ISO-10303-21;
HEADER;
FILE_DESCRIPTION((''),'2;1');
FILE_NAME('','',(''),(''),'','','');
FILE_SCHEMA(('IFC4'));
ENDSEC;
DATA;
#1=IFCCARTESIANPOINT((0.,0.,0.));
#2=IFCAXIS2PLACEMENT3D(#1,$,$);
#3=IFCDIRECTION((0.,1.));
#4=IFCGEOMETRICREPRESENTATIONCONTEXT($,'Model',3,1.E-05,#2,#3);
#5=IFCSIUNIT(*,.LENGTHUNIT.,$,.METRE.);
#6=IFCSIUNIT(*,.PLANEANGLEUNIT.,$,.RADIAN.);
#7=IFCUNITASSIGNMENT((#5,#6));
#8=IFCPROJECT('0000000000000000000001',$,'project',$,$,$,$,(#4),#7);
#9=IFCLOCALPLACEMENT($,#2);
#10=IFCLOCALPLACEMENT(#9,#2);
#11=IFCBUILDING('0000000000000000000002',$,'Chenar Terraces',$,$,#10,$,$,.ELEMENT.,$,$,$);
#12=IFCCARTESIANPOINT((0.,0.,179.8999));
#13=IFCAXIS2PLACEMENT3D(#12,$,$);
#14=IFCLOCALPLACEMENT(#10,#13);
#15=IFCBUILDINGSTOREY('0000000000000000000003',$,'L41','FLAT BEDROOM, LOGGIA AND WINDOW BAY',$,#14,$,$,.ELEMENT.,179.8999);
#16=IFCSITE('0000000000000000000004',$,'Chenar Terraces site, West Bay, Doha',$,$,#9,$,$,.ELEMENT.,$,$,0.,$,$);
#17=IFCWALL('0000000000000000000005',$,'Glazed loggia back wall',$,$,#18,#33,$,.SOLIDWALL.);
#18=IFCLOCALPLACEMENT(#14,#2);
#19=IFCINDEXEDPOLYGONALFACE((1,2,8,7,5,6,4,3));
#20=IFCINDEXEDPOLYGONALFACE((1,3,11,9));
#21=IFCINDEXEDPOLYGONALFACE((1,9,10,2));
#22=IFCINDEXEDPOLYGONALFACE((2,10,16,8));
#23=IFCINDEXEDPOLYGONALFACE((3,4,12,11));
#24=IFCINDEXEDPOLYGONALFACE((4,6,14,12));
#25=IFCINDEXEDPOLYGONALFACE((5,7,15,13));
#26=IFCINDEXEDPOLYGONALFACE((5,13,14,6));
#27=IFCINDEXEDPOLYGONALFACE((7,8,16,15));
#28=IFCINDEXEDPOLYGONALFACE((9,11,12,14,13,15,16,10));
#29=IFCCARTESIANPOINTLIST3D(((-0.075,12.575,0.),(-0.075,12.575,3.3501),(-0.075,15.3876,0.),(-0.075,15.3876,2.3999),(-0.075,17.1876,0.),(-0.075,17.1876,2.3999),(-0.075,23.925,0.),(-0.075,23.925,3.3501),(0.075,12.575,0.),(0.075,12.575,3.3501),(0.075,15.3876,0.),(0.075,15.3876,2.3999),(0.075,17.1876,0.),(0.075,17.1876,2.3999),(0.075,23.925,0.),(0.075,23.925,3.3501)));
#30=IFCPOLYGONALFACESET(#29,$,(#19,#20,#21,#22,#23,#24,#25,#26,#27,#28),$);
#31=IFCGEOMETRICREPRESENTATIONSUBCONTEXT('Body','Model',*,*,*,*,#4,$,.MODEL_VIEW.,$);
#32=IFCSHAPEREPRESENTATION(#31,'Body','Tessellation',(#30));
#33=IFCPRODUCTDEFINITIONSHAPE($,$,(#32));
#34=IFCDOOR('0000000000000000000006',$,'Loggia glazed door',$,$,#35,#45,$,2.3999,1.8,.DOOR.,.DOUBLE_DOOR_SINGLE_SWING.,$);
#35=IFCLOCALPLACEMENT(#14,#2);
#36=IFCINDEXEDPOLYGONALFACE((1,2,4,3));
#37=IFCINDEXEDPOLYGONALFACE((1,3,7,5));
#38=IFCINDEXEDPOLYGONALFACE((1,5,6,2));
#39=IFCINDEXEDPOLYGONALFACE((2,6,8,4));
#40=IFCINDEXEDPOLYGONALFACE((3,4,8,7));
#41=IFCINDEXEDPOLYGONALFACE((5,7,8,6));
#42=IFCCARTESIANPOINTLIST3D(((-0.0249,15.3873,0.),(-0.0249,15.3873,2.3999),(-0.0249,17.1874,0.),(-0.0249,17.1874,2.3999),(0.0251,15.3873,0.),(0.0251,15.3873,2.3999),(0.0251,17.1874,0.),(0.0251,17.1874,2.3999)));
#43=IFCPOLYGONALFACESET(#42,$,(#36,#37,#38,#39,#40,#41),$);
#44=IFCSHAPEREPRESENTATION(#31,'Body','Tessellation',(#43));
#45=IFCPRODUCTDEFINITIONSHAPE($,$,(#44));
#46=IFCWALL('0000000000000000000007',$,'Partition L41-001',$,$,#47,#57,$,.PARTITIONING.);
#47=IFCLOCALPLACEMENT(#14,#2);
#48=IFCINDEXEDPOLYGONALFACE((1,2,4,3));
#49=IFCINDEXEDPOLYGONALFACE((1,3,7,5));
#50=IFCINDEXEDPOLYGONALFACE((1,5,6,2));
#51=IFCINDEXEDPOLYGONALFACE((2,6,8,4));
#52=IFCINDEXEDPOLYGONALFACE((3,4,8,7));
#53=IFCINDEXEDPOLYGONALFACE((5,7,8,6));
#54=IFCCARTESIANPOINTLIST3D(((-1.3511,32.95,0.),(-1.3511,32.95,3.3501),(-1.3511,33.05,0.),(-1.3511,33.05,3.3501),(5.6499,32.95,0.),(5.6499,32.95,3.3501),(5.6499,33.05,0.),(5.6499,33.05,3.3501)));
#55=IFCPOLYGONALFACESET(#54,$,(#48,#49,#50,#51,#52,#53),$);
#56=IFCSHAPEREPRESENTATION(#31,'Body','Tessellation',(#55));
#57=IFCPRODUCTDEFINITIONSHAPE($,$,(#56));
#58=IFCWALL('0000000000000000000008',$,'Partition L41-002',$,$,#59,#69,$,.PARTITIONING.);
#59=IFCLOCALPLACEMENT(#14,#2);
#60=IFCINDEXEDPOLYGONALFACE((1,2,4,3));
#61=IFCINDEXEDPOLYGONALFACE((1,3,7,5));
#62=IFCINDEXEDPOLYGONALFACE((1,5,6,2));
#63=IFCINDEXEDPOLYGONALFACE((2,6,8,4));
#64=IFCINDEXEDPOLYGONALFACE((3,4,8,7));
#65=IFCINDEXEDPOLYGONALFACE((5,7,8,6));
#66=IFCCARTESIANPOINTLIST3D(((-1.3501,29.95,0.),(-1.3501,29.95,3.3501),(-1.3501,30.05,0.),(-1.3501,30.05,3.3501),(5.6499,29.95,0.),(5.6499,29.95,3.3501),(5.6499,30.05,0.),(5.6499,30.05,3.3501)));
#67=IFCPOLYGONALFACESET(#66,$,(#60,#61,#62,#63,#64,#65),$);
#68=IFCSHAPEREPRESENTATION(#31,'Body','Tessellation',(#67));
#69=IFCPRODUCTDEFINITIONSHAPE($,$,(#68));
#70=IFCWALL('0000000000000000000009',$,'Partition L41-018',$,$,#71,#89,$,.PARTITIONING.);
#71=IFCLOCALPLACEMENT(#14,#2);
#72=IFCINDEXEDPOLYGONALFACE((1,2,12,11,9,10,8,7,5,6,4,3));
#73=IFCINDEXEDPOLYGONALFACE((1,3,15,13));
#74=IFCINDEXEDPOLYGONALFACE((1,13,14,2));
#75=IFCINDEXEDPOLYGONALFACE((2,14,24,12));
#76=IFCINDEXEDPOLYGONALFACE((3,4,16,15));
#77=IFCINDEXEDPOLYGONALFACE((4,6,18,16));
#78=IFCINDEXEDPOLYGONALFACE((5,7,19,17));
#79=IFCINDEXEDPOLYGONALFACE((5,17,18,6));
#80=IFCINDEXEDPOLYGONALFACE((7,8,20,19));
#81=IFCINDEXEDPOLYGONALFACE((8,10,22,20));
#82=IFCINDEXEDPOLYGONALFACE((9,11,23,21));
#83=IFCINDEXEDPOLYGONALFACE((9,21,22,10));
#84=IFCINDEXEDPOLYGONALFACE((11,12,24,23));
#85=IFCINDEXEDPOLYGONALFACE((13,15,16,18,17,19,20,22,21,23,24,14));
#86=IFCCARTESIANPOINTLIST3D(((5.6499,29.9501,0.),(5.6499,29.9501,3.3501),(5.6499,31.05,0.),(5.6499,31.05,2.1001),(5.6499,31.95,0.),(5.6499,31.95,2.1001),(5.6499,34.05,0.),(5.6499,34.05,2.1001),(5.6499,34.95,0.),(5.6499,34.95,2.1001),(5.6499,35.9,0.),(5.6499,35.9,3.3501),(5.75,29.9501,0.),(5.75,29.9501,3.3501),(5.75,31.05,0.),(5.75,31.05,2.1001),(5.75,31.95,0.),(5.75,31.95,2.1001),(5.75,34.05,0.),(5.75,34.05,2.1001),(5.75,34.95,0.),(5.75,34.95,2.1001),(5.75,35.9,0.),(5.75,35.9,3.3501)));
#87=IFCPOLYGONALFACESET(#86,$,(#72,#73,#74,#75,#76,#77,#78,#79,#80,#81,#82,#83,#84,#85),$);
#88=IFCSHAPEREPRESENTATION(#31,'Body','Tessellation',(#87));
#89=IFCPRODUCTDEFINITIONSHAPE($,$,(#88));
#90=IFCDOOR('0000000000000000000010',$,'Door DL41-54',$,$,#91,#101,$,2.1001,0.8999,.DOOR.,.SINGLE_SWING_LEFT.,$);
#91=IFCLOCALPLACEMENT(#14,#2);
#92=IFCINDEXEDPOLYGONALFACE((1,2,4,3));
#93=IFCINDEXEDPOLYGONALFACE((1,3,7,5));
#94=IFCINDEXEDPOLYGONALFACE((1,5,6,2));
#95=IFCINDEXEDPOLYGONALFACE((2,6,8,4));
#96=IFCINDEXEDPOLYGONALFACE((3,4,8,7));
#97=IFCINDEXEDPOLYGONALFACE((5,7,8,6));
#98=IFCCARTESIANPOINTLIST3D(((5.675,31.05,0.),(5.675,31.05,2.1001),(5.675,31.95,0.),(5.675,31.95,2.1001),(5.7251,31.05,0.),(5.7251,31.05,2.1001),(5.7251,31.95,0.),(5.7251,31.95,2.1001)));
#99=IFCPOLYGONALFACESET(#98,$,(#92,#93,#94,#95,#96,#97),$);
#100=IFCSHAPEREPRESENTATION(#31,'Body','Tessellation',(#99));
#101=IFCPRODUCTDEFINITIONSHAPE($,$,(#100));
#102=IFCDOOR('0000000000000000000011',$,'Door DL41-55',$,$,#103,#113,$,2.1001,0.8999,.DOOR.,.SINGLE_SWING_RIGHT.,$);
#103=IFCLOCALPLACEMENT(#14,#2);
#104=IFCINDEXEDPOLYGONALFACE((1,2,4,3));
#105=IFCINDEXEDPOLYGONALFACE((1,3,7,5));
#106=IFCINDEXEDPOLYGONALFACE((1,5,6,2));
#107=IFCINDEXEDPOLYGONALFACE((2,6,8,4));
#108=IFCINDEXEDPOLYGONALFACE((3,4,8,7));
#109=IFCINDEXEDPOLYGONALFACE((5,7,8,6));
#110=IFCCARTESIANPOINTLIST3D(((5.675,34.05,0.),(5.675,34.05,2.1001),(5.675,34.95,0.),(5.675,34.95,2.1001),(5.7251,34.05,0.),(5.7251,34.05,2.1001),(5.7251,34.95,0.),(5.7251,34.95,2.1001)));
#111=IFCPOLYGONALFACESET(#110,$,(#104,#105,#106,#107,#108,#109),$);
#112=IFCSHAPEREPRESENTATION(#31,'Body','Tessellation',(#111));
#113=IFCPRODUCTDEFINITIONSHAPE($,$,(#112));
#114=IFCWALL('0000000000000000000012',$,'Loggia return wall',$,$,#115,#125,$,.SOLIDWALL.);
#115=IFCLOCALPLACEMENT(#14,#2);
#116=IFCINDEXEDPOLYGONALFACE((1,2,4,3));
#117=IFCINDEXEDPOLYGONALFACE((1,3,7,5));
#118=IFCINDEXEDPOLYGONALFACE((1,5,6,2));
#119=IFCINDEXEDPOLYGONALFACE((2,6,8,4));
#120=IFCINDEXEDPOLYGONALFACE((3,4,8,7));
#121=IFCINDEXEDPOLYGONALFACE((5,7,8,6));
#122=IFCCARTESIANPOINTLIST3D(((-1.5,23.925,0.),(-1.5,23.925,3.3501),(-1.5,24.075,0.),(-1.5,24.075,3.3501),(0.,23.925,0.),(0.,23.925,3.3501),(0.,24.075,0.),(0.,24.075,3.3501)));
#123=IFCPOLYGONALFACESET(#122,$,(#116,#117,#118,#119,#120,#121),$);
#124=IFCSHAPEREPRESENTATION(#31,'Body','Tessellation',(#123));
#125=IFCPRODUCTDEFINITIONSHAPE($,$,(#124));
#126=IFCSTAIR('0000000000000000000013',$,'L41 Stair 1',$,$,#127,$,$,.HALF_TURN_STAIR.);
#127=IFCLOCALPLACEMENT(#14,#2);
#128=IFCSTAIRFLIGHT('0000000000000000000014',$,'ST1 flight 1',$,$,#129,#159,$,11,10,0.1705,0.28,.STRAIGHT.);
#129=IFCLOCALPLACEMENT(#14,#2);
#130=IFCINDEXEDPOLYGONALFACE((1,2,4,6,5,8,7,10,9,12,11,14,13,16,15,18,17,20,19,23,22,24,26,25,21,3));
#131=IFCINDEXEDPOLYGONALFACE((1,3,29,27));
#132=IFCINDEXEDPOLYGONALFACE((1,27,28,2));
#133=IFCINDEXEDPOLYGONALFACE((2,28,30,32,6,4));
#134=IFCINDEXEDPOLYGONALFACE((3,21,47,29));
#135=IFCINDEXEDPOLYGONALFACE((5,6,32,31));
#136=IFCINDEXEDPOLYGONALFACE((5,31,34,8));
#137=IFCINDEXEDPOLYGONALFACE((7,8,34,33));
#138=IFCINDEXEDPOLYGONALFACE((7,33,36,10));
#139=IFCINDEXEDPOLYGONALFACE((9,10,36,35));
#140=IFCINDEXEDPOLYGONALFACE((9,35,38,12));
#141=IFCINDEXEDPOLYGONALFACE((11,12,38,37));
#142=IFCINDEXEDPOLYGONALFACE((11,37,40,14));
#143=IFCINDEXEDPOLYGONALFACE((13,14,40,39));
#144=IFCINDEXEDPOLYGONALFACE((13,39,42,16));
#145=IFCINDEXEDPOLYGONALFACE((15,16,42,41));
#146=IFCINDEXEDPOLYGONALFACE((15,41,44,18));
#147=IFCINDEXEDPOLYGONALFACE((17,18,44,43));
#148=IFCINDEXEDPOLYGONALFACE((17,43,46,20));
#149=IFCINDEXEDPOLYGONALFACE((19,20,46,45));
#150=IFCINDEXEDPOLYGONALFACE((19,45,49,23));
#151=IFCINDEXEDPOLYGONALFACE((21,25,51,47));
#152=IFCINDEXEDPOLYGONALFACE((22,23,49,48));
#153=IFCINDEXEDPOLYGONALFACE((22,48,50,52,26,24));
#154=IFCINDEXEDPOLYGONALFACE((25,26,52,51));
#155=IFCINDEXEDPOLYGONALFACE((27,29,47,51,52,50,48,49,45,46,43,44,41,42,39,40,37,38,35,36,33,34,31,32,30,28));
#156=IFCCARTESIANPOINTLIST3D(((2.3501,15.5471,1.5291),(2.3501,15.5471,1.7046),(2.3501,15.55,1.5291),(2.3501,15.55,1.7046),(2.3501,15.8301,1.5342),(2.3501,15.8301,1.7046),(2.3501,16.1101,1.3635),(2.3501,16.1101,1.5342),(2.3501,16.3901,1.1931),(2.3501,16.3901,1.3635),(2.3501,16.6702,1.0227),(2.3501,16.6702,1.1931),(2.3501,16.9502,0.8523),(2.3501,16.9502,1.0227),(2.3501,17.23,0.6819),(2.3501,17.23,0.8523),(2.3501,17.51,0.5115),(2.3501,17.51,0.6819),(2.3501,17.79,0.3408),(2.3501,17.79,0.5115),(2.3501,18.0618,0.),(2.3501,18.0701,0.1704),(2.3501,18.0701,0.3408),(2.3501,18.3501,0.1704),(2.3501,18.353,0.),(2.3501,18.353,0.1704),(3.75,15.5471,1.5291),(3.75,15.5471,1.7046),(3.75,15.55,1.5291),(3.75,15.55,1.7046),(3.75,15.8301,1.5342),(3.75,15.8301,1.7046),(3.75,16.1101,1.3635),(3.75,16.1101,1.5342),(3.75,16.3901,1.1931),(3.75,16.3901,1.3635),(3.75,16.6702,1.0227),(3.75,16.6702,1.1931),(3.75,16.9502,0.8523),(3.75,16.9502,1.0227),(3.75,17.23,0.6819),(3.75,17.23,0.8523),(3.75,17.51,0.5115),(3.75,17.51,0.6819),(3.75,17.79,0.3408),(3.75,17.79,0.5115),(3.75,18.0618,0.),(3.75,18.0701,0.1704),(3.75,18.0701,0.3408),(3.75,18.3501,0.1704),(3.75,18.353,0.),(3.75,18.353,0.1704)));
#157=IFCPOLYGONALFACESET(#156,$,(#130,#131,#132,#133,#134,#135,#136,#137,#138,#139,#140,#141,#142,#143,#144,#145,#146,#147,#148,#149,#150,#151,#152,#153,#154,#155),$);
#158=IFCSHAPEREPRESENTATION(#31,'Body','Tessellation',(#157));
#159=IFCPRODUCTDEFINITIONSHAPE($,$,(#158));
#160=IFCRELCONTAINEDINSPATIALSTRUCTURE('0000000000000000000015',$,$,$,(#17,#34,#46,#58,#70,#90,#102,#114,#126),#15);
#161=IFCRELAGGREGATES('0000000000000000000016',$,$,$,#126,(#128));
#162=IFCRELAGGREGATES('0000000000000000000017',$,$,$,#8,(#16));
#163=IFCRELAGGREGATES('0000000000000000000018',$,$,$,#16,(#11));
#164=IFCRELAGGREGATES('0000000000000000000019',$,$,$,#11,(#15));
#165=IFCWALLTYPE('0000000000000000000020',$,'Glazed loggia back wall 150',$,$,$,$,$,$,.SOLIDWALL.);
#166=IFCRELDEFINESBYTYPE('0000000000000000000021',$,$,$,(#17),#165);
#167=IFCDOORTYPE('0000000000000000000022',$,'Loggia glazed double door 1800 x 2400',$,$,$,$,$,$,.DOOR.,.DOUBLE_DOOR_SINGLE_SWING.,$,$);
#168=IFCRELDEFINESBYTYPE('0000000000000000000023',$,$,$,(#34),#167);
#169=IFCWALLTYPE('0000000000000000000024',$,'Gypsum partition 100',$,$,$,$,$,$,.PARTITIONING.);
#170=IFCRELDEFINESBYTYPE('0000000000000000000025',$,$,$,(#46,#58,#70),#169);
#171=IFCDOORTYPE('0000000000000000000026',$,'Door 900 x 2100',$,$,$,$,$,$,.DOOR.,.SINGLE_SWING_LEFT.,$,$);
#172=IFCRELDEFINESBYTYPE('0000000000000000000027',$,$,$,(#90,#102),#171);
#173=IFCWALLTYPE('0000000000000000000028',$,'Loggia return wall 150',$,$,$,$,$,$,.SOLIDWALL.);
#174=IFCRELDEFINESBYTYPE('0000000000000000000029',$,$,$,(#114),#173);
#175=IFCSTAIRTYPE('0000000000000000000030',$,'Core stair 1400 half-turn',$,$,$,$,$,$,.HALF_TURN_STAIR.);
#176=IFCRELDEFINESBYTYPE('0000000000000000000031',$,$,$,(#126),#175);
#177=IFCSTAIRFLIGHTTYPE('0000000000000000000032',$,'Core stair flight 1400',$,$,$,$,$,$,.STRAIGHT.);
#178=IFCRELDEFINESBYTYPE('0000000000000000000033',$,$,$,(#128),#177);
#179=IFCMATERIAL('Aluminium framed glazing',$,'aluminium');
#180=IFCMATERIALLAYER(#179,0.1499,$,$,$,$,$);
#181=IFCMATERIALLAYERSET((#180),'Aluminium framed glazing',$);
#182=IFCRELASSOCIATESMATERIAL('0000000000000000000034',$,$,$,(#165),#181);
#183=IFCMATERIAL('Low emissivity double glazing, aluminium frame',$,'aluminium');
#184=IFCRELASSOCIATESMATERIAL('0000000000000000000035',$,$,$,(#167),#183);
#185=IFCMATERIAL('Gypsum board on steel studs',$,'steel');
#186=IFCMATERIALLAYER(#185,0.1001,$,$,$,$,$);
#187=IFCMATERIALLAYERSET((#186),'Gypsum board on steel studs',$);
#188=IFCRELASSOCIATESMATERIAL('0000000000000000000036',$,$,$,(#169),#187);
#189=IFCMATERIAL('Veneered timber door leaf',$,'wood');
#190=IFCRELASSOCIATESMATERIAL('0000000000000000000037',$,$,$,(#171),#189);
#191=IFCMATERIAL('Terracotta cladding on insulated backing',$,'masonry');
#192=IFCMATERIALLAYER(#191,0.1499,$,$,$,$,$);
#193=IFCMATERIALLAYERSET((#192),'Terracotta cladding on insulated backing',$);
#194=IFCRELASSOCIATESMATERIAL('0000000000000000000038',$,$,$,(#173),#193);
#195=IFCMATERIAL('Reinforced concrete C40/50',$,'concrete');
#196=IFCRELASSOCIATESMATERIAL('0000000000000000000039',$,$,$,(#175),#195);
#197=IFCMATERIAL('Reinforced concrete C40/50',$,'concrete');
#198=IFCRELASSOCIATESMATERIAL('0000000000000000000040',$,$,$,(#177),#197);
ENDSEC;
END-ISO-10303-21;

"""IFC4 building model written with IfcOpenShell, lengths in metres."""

from ifc_helpers import new_model, si_unit, direction, frame, frame_2d, origin, place, context, subcontext, project, spatial, polyline, rectangle, outline, extrude, material, layer, layer_set, type_object, element, fill, aggregate, save


model = new_model("IFC4")

# Units and contexts
model_context = context("Model", 3, precision=1e-05, world=origin(), true_north=direction((0.0, 1.0)))
body_context = subcontext(model_context, "Body", "Model", "MODEL_VIEW")
ifc_project = project(units=[si_unit("LENGTHUNIT", "METRE"), si_unit("PLANEANGLEUNIT", "RADIAN")], contexts=[model_context])

# Site, building, storey
site_placement = place(None, origin())
site = spatial("IfcSite", under=ifc_project, at=site_placement, Name="Chenar Terraces site, West Bay, Doha", CompositionType="ELEMENT", RefElevation=0.0)
building_placement = place(site_placement, origin())
building = spatial("IfcBuilding", under=site, at=building_placement, Name="Chenar Terraces", CompositionType="ELEMENT")
storey_placement = place(building_placement, frame((0.0, 0.0, 179.8999)))
storey = spatial("IfcBuildingStorey", under=building, at=storey_placement, Name="L41", Description="FLAT BEDROOM, LOGGIA AND WINDOW BAY", CompositionType="ELEMENT", Elevation=179.8999)

# Wall, opening, door
ifc_material_1 = material(Name="Aluminium framed glazing", Category="aluminium")
ifc_layer_1 = layer(ifc_material_1, 0.1499)
ifc_layer_set_1 = layer_set([ifc_layer_1], Name="Aluminium framed glazing")
wall_type_1 = type_object("IfcWallType", Name="Glazed loggia back wall 150", PredefinedType="SOLIDWALL", material=ifc_layer_set_1)
wall_1_placement = place(storey_placement, frame((0.0, 23.925, 0.0), z_axis=(0.0, 0.0, 1.0), x_axis=(0.0, -1.0, 0.0)))
wall_1 = element("IfcWall", 1, at=wall_1_placement, inside=storey, type_object=wall_type_1, Name="Glazed loggia back wall", PredefinedType="SOLIDWALL", context=body_context, shape_type="SweptSolid", body=[
    extrude(rectangle(XDim=11.3501, YDim=0.1499, at=frame_2d((5.675, 0.0))), origin(), (0.0, 0.0, 1.0), 3.3501),
])
opening_1_placement = place(wall_1_placement, frame((6.7375, 0.0, 0.0)))
opening_1 = element("IfcOpeningElement", 2, at=opening_1_placement, cuts=wall_1, PredefinedType="OPENING", context=body_context, shape_type="SweptSolid", body=[
    extrude(rectangle(XDim=1.8, YDim=2.3999, at=frame_2d((0.8999, 1.2))), frame((0.0, 0.085, 0.0), z_axis=(0.0, -1.0, 0.0), x_axis=(1.0, 0.0, 0.0)), (0.0, 0.0, 1.0), 0.1699),
])
ifc_material_2 = material(Name="Low emissivity double glazing, aluminium frame", Category="aluminium")
door_type_1 = type_object("IfcDoorType", Name="Loggia glazed double door 1800 x 2400", OperationType="DOUBLE_DOOR_SINGLE_SWING", PredefinedType="DOOR", material=ifc_material_2)
door_1_placement = place(opening_1_placement, frame((1.8, 0.0, 0.0), z_axis=(0.0, 0.0, 1.0), x_axis=(-1.0, 0.0, 0.0)))
door_1 = element("IfcDoor", 3, at=door_1_placement, inside=storey, type_object=door_type_1, Name="Loggia glazed door", OperationType="DOUBLE_DOOR_SINGLE_SWING", OverallHeight=2.3999, OverallWidth=1.8, PredefinedType="DOOR", context=body_context, shape_type="SweptSolid", body=[
    extrude(rectangle(XDim=1.8, YDim=2.3999, at=frame_2d((0.8999, 1.2))), frame((0.0, 0.0249, 0.0), z_axis=(0.0, -1.0, 0.0), x_axis=(1.0, 0.0, 0.0)), (0.0, 0.0, 1.0), 0.05),
])
fill(opening_1, door_1)

# Walls
ifc_material_3 = material(Name="Gypsum board on steel studs", Category="steel")
ifc_layer_2 = layer(ifc_material_3, 0.1001)
ifc_layer_set_2 = layer_set([ifc_layer_2], Name="Gypsum board on steel studs")
wall_type_2 = type_object("IfcWallType", Name="Gypsum partition 100", PredefinedType="PARTITIONING", material=ifc_layer_set_2)
wall_2_placement = place(storey_placement, frame((-1.3511, 33.0, 0.0), z_axis=(0.0, 0.0, 1.0), x_axis=(1.0, 0.0, 0.0)))
element("IfcWall", 4, at=wall_2_placement, inside=storey, type_object=wall_type_2, Name="Partition L41-001", PredefinedType="PARTITIONING", context=body_context, shape_type="SweptSolid", body=[
    extrude(rectangle(XDim=7.001, YDim=0.1001, at=frame_2d((3.5005, 0.0))), origin(), (0.0, 0.0, 1.0), 3.3501),
])
wall_3_placement = place(storey_placement, frame((-1.3501, 30.0, 0.0), z_axis=(0.0, 0.0, 1.0), x_axis=(1.0, 0.0, 0.0)))
element("IfcWall", 5, at=wall_3_placement, inside=storey, type_object=wall_type_2, Name="Partition L41-002", PredefinedType="PARTITIONING", context=body_context, shape_type="SweptSolid", body=[
    extrude(rectangle(XDim=7.0, YDim=0.1001, at=frame_2d((3.5, 0.0))), origin(), (0.0, 0.0, 1.0), 3.3501),
])

# Wall, openings, doors
wall_4_placement = place(storey_placement, frame((5.7, 29.95, 0.0), z_axis=(0.0, 0.0, 1.0), x_axis=(0.0, 1.0, 0.0)))
wall_4 = element("IfcWall", 6, at=wall_4_placement, inside=storey, type_object=wall_type_2, Name="Partition L41-018", PredefinedType="PARTITIONING", context=body_context, shape_type="SweptSolid", body=[
    extrude(rectangle(XDim=5.95, YDim=0.1001, at=frame_2d((2.9751, 0.0))), origin(), (0.0, 0.0, 1.0), 3.3501),
])
opening_2_placement = place(wall_4_placement, frame((1.1001, 0.0, 0.0)))
opening_2 = element("IfcOpeningElement", 7, at=opening_2_placement, cuts=wall_4, PredefinedType="OPENING", context=body_context, shape_type="SweptSolid", body=[
    extrude(rectangle(XDim=0.8999, YDim=2.1001, at=frame_2d((0.45, 1.05))), frame((0.0, 0.0601, 0.0), z_axis=(0.0, -1.0, 0.0), x_axis=(1.0, 0.0, 0.0)), (0.0, 0.0, 1.0), 0.1201),
])
opening_3_placement = place(wall_4_placement, frame((4.1001, 0.0, 0.0)))
opening_3 = element("IfcOpeningElement", 8, at=opening_3_placement, cuts=wall_4, PredefinedType="OPENING", context=body_context, shape_type="SweptSolid", body=[
    extrude(rectangle(XDim=0.8999, YDim=2.1001, at=frame_2d((0.45, 1.05))), frame((0.0, 0.0601, 0.0), z_axis=(0.0, -1.0, 0.0), x_axis=(1.0, 0.0, 0.0)), (0.0, 0.0, 1.0), 0.1201),
])
ifc_material_4 = material(Name="Veneered timber door leaf", Category="wood")
door_type_2 = type_object("IfcDoorType", Name="Door 900 x 2100", OperationType="SINGLE_SWING_LEFT", PredefinedType="DOOR", material=ifc_material_4)
door_2_placement = place(opening_2_placement, origin())
door_2 = element("IfcDoor", 9, at=door_2_placement, inside=storey, type_object=door_type_2, Name="Door DL41-54", OperationType="SINGLE_SWING_LEFT", OverallHeight=2.1001, OverallWidth=0.8999, PredefinedType="DOOR", context=body_context, shape_type="SweptSolid", body=[
    extrude(rectangle(XDim=0.8999, YDim=2.1001, at=frame_2d((0.45, 1.05))), frame((0.0, 0.0249, 0.0), z_axis=(0.0, -1.0, 0.0), x_axis=(1.0, 0.0, 0.0)), (0.0, 0.0, 1.0), 0.05),
])
fill(opening_2, door_2)
door_3_placement = place(opening_3_placement, origin())
door_3 = element("IfcDoor", 10, at=door_3_placement, inside=storey, type_object=door_type_2, Name="Door DL41-55", OperationType="SINGLE_SWING_RIGHT", OverallHeight=2.1001, OverallWidth=0.8999, PredefinedType="DOOR", context=body_context, shape_type="SweptSolid", body=[
    extrude(rectangle(XDim=0.8999, YDim=2.1001, at=frame_2d((0.45, 1.05))), frame((0.0, 0.0249, 0.0), z_axis=(0.0, -1.0, 0.0), x_axis=(1.0, 0.0, 0.0)), (0.0, 0.0, 1.0), 0.05),
])
fill(opening_3, door_3)

# Wall
ifc_material_5 = material(Name="Terracotta cladding on insulated backing", Category="masonry")
ifc_layer_3 = layer(ifc_material_5, 0.1499)
ifc_layer_set_3 = layer_set([ifc_layer_3], Name="Terracotta cladding on insulated backing")
wall_type_3 = type_object("IfcWallType", Name="Loggia return wall 150", PredefinedType="SOLIDWALL", material=ifc_layer_set_3)
wall_5_placement = place(storey_placement, frame((-1.5, 24.0, 0.0), z_axis=(0.0, 0.0, 1.0), x_axis=(1.0, 0.0, 0.0)))
element("IfcWall", 11, at=wall_5_placement, inside=storey, type_object=wall_type_3, Name="Loggia return wall", PredefinedType="SOLIDWALL", context=body_context, shape_type="SweptSolid", body=[
    extrude(rectangle(XDim=1.5, YDim=0.1499, at=frame_2d((0.75, 0.0))), origin(), (0.0, 0.0, 1.0), 3.3501),
])

# Stair, stair flight
ifc_material_6 = material(Name="Reinforced concrete C40/50", Category="concrete")
stair_type = type_object("IfcStairType", Name="Core stair 1400 half-turn", PredefinedType="HALF_TURN_STAIR", material=ifc_material_6)
stair_placement = place(storey_placement, origin())
stair = element("IfcStair", 12, at=stair_placement, inside=storey, type_object=stair_type, Name="L41 Stair 1", PredefinedType="HALF_TURN_STAIR")
ifc_material_7 = material(Name="Reinforced concrete C40/50", Category="concrete")
stair_flight_type = type_object("IfcStairFlightType", Name="Core stair flight 1400", PredefinedType="STRAIGHT", material=ifc_material_7)
stair_flight_placement = place(storey_placement, frame((3.05, 18.3501, 0.0), z_axis=(0.0, 0.0, 1.0), x_axis=(0.0, -1.0, 0.0)))
stair_flight = element("IfcStairFlight", 13, at=stair_flight_placement, type_object=stair_flight_type, Name="ST1 flight 1", NumberOfRisers=11, NumberOfTreads=10, PredefinedType="STRAIGHT", RiserHeight=0.1705, TreadLength=0.28, context=body_context, shape_type="SweptSolid", body=[
    extrude(outline(polyline([(-0.0029, 0.0), (-0.0029, 0.1704), (0.0, 0.1704), (0.28, 0.1704), (0.28, 0.3408), (0.5601, 0.3408), (0.5601, 0.5115), (0.8401, 0.5115), (0.8401, 0.6819), (1.1201, 0.6819), (1.1201, 0.8523), (1.3999, 0.8523), (1.3999, 1.0227), (1.6799, 1.0227), (1.6799, 1.1931), (1.96, 1.1931), (1.96, 1.3635), (2.24, 1.3635), (2.24, 1.5342), (2.52, 1.5342), (2.52, 1.7046), (2.8, 1.7046), (2.803, 1.7046), (2.803, 1.5291), (2.8, 1.5291), (0.2883, 0.0), (-0.0029, 0.0)])), frame((0.0, 0.7, 0.0), z_axis=(0.0, -1.0, 0.0), x_axis=(1.0, 0.0, 0.0)), (0.0, 0.0, 1.0), 1.3999),
])
aggregate(stair, [stair_flight])

save(model, "model.ifc")
